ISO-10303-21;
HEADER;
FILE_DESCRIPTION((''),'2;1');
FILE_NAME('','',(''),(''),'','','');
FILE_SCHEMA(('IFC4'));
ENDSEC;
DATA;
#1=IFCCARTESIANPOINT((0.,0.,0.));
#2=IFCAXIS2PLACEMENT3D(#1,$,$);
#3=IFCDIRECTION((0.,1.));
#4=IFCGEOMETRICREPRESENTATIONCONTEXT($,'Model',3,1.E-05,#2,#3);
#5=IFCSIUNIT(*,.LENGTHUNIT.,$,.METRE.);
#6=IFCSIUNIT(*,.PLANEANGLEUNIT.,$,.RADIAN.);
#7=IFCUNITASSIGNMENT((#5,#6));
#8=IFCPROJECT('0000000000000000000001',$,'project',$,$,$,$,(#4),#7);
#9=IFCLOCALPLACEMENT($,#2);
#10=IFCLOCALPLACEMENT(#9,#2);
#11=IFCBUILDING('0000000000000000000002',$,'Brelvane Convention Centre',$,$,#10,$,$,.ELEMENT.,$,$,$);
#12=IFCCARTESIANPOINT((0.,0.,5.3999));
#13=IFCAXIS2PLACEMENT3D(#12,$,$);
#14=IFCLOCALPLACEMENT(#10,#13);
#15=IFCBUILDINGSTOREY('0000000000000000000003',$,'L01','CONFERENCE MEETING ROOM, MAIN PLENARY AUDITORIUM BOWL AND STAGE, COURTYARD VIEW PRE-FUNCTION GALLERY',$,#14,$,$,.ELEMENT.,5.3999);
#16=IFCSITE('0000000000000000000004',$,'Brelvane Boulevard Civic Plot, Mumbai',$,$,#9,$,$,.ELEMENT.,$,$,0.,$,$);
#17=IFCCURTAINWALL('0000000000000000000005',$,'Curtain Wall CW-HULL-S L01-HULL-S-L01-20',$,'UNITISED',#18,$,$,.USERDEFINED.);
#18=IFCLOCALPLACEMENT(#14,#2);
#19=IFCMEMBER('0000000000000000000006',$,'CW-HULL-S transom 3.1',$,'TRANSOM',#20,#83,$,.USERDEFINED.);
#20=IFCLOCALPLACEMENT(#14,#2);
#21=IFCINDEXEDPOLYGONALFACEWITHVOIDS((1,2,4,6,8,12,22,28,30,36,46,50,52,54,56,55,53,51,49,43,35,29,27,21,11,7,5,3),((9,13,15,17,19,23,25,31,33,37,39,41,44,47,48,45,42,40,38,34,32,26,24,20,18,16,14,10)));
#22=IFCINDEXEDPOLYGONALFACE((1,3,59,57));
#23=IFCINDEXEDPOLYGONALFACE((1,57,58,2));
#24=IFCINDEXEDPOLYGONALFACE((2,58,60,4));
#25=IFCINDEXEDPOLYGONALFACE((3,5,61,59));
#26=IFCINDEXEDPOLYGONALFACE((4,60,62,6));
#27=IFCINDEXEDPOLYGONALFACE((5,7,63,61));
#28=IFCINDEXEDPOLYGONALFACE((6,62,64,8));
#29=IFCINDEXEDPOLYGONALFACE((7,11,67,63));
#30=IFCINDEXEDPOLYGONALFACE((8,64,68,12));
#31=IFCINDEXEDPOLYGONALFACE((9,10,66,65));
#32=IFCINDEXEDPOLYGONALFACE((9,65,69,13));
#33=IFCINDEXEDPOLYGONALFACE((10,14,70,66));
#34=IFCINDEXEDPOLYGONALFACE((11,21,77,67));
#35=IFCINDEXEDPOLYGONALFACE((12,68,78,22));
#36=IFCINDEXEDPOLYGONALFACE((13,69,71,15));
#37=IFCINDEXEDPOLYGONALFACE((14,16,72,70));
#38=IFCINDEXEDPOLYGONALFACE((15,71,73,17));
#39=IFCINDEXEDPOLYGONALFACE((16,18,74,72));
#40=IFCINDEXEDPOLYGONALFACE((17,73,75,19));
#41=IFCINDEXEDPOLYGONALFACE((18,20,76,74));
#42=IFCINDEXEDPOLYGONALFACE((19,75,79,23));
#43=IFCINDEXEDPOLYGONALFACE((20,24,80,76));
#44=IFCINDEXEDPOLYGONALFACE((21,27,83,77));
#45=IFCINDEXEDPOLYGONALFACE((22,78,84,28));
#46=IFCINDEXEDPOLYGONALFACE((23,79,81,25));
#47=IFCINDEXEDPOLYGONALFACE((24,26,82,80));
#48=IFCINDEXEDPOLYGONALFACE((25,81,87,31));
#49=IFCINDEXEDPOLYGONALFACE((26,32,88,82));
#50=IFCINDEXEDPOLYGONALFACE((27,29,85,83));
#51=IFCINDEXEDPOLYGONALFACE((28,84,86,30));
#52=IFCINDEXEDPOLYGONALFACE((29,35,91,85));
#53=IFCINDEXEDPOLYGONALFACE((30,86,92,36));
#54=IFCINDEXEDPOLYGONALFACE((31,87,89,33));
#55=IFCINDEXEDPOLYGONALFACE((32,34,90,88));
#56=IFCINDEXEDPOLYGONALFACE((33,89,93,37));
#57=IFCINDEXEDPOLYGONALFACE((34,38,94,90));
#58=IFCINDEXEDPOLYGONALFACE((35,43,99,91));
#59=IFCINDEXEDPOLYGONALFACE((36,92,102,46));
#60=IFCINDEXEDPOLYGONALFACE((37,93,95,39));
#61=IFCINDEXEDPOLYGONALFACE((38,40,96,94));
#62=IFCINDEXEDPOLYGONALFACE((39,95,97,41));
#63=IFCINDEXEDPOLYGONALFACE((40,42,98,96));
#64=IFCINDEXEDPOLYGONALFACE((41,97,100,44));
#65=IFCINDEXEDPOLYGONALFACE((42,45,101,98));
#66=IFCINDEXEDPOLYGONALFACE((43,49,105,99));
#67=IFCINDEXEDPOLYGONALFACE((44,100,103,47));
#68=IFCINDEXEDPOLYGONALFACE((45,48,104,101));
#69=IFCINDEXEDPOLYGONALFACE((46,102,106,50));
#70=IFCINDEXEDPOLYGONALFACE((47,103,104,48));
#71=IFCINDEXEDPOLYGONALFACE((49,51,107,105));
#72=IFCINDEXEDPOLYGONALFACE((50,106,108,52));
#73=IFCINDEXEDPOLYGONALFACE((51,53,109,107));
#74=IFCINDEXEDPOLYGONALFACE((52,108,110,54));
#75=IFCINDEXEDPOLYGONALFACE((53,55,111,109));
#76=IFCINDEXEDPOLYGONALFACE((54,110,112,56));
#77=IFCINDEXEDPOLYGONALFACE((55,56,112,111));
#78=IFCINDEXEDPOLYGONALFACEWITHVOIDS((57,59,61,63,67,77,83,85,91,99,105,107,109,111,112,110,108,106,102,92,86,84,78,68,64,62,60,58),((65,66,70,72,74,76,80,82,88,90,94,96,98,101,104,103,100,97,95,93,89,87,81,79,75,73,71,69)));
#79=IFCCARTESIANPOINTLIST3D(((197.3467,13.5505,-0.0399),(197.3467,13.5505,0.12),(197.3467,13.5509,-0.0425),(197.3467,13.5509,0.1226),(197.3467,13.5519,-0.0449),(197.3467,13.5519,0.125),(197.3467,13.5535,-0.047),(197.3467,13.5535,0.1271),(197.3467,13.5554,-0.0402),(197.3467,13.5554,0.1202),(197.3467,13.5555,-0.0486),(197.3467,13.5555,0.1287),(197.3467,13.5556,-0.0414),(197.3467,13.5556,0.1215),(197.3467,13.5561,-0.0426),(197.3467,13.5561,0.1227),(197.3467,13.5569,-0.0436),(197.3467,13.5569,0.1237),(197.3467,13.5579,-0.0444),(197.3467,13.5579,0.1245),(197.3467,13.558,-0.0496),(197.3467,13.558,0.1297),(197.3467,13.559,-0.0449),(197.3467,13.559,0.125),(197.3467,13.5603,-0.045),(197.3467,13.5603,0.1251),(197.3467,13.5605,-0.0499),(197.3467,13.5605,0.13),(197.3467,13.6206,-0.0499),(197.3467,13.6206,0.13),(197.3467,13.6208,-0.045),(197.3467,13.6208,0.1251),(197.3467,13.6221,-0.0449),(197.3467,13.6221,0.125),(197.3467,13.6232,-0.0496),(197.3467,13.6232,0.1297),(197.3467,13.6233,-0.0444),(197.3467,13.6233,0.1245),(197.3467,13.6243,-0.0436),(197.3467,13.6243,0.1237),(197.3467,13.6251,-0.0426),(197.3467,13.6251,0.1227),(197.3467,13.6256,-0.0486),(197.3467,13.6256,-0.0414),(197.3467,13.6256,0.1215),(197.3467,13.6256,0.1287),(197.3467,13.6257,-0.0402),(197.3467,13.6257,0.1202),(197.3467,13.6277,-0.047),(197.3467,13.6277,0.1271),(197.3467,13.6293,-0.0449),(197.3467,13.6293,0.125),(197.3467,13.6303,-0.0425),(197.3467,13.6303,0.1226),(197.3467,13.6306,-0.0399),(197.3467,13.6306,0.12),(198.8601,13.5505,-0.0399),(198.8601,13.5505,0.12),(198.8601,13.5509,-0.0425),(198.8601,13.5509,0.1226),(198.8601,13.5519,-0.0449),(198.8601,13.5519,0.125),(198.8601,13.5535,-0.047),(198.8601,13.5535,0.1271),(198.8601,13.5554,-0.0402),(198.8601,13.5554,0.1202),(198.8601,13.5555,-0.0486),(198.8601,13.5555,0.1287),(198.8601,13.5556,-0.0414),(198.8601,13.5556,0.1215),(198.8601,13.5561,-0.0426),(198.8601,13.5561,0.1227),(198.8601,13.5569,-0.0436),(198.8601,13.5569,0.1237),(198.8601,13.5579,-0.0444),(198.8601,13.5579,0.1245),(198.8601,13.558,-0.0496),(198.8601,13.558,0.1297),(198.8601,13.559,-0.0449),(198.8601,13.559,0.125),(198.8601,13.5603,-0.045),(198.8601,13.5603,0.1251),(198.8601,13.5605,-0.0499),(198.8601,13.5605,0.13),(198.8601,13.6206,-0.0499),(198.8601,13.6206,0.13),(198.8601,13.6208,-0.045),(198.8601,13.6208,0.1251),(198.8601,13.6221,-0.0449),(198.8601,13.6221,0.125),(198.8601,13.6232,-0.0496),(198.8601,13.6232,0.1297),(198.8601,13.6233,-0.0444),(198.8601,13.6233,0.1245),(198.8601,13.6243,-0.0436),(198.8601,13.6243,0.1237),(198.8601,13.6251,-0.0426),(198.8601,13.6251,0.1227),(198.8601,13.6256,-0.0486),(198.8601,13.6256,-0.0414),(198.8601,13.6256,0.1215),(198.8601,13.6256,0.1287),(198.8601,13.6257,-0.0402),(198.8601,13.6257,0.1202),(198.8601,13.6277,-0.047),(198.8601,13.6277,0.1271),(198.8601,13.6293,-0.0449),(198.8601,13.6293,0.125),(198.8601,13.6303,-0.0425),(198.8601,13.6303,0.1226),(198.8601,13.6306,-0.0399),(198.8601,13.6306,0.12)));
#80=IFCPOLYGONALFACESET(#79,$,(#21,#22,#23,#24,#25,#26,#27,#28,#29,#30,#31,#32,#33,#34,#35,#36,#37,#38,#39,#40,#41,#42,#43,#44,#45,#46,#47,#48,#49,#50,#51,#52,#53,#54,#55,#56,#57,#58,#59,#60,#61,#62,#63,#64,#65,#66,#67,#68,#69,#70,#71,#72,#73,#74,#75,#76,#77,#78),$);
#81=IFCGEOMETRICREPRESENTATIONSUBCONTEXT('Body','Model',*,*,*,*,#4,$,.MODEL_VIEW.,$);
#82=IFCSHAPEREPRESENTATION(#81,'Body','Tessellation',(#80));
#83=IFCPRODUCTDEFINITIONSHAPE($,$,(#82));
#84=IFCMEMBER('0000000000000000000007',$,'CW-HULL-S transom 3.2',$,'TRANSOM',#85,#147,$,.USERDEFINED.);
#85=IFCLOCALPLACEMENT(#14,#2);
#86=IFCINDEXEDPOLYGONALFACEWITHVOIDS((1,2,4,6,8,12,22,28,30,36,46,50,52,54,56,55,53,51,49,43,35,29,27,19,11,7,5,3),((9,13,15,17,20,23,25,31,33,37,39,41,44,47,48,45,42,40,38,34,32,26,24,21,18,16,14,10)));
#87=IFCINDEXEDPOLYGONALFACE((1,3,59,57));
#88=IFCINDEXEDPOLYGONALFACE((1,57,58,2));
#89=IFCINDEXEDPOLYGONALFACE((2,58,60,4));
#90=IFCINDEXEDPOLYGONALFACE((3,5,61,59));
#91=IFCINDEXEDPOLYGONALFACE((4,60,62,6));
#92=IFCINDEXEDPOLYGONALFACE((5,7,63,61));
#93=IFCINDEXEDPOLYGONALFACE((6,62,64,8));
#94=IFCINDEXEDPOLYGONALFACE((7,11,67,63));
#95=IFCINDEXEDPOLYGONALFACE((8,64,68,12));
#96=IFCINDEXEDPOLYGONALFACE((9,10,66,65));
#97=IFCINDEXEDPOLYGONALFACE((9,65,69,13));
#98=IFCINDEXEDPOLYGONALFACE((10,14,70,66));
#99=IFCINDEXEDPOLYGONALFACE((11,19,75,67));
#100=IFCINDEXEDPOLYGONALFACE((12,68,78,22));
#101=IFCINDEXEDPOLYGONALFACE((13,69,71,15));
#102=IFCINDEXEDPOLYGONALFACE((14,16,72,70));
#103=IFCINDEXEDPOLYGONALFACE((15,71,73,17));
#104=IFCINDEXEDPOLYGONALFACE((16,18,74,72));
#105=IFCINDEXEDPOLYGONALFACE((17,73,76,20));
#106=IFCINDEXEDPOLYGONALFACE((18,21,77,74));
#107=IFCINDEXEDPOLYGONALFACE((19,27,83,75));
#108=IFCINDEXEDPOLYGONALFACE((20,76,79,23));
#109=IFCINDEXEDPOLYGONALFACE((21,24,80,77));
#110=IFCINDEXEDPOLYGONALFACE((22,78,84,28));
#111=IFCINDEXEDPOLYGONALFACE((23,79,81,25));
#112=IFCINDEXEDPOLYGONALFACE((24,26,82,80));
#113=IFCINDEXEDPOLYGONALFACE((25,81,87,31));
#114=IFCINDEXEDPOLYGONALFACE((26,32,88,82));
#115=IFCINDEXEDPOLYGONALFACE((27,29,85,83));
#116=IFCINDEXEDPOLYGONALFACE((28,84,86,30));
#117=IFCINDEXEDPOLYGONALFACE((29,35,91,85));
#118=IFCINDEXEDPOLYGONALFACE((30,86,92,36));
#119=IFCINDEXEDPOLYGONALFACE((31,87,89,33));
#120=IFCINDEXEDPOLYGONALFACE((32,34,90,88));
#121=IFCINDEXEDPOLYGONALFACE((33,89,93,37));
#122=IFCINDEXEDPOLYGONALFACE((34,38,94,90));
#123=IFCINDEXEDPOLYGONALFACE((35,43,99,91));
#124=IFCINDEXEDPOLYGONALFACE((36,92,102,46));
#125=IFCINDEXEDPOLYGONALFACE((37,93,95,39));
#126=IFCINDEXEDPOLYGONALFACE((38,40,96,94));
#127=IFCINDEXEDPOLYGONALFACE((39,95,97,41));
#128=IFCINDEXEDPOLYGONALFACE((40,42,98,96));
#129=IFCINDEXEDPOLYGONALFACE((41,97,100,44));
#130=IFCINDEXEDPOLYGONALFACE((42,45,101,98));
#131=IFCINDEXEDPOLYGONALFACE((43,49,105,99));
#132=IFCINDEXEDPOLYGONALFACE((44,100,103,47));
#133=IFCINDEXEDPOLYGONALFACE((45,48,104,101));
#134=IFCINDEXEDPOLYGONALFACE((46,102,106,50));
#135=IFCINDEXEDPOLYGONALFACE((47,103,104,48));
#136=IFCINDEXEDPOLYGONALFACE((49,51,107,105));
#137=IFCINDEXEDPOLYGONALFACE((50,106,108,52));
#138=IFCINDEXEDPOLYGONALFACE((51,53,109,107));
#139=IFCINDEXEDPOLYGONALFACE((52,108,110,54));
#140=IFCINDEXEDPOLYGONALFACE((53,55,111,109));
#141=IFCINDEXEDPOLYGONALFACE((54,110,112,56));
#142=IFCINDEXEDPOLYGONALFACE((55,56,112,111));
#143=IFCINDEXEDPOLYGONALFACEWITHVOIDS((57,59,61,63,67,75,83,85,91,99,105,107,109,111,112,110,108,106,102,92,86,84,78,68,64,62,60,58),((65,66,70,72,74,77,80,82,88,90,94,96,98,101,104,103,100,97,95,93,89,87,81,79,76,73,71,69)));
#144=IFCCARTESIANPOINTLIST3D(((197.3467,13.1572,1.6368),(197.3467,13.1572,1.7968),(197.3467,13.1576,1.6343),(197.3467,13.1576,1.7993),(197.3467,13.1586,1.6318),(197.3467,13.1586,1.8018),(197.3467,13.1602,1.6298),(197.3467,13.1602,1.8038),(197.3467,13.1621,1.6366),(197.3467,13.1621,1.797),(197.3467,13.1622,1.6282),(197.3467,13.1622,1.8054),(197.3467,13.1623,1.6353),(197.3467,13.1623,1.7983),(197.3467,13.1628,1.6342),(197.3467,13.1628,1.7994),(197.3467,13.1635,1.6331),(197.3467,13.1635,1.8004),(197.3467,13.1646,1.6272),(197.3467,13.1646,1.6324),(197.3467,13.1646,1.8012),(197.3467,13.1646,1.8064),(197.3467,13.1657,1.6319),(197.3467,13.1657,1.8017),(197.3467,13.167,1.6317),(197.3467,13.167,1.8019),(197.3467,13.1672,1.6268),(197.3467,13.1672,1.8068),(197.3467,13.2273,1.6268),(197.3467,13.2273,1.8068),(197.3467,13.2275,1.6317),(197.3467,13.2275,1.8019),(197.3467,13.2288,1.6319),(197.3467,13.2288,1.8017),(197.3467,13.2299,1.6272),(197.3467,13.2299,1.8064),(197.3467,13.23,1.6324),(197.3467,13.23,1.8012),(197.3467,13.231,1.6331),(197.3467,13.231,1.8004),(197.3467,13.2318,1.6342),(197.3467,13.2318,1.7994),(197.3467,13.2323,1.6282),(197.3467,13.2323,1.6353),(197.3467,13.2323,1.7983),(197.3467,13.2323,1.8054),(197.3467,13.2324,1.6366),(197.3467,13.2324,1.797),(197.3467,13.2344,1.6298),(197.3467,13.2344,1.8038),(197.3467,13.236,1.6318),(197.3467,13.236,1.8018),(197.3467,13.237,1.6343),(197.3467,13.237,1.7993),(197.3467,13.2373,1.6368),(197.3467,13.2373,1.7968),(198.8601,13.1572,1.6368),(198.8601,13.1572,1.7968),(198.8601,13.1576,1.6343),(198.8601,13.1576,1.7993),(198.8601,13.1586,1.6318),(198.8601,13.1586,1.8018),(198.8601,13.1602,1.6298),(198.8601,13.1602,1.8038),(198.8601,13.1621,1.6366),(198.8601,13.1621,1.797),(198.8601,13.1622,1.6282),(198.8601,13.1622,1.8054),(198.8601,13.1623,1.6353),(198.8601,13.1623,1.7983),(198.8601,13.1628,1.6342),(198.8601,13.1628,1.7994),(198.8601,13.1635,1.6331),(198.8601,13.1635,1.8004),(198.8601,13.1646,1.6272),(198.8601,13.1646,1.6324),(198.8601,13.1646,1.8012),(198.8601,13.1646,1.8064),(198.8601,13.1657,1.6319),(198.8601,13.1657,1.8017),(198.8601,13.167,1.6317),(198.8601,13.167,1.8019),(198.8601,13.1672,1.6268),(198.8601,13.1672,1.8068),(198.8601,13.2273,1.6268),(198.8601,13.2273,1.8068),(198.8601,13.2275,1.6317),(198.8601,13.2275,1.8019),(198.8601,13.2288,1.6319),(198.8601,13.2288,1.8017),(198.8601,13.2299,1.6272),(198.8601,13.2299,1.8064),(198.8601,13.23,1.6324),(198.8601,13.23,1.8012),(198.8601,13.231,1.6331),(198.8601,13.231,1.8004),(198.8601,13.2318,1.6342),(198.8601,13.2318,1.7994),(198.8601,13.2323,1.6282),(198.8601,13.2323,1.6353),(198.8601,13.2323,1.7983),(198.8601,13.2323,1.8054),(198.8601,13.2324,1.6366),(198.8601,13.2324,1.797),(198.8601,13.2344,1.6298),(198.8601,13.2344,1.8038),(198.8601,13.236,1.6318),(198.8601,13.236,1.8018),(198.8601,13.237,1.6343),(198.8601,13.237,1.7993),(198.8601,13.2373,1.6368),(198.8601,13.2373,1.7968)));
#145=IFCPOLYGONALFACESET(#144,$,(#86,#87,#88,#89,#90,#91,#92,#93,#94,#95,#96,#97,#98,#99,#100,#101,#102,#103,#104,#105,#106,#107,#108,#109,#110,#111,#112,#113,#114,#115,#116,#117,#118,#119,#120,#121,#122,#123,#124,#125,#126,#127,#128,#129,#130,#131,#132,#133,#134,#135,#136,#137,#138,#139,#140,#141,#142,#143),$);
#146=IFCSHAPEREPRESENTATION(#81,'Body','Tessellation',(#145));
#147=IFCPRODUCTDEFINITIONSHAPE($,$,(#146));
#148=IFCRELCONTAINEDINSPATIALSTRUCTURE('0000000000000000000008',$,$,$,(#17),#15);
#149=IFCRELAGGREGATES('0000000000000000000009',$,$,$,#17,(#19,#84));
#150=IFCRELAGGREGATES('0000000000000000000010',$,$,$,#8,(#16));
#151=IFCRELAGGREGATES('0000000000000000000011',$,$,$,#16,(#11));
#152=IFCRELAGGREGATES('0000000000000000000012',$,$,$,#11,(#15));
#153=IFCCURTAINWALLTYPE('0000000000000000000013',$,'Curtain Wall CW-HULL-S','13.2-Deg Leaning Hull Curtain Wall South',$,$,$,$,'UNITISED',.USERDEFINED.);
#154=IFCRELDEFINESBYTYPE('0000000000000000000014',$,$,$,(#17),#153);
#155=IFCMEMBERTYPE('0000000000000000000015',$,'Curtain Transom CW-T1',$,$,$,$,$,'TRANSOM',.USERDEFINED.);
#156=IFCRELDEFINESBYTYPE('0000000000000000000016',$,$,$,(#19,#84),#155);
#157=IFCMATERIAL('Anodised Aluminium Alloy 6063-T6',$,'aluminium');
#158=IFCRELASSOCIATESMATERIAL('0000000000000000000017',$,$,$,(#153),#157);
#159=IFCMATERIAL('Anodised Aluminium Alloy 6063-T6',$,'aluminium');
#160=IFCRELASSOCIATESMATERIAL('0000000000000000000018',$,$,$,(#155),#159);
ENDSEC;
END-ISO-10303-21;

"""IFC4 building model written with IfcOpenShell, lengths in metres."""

from ifc_helpers import new_model, si_unit, direction, frame, origin, origin_2d, place, context, subcontext, project, spatial, hollow_rectangle, extrude, material, material_profile, profile_set, type_object, element, aggregate, save


model = new_model("IFC4")

# Units and contexts
model_context = context("Model", 3, precision=1e-05, world=origin(), true_north=direction((0.0, 1.0)))
body_context = subcontext(model_context, "Body", "Model", "MODEL_VIEW")
ifc_project = project(units=[si_unit("LENGTHUNIT", "METRE"), si_unit("PLANEANGLEUNIT", "RADIAN")], contexts=[model_context])

# Site, building, storey
site_placement = place(None, origin())
site = spatial("IfcSite", under=ifc_project, at=site_placement, Name="Brelvane Boulevard Civic Plot, Mumbai", CompositionType="ELEMENT", RefElevation=0.0)
building_placement = place(site_placement, origin())
building = spatial("IfcBuilding", under=site, at=building_placement, Name="Brelvane Convention Centre", CompositionType="ELEMENT")
storey_placement = place(building_placement, frame((0.0, 0.0, 5.3999)))
storey = spatial("IfcBuildingStorey", under=building, at=storey_placement, Name="L01", Description="CONFERENCE MEETING ROOM, MAIN PLENARY AUDITORIUM BOWL AND STAGE, COURTYARD VIEW PRE-FUNCTION GALLERY", CompositionType="ELEMENT", Elevation=5.3999)

# Curtain wall, members
ifc_material_1 = material(Name="Anodised Aluminium Alloy 6063-T6", Category="aluminium")
curtain_wall_type = type_object("IfcCurtainWallType", Name="Curtain Wall CW-HULL-S", Description="13.2-Deg Leaning Hull Curtain Wall South", ElementType="UNITISED", PredefinedType="USERDEFINED", material=ifc_material_1)
curtain_wall_1_placement = place(storey_placement, origin())
curtain_wall_1 = element("IfcCurtainWall", 1, at=curtain_wall_1_placement, inside=storey, type_object=curtain_wall_type, Name="Curtain Wall CW-HULL-S L01-HULL-S-L01-20", ObjectType="UNITISED", PredefinedType="USERDEFINED")
ifc_material_2 = material(Name="Anodised Aluminium Alloy 6063-T6", Category="aluminium")
ifc_material_profile = material_profile(ifc_material_2, hollow_rectangle(XDim=0.0801, YDim=0.1799, WallThickness=0.0049, InnerFilletRadius=0.0049, OuterFilletRadius=0.01, at=origin_2d()), Name="ALU-T 180x80x5.0")
ifc_profile_set = profile_set([ifc_material_profile], Name="Anodised Aluminium Alloy 6063-T6")
member_type = type_object("IfcMemberType", Name="Curtain Transom CW-T1", ElementType="TRANSOM", PredefinedType="USERDEFINED", material=ifc_profile_set)
member_1_placement = place(storey_placement, frame((197.3467, 13.5906, 0.04), z_axis=(1.0, 0.0, 0.0), x_axis=(0.0, 1.0, 0.0)))
member_1 = element("IfcMember", 2, at=member_1_placement, type_object=member_type, Name="CW-HULL-S transom 3.1", ObjectType="TRANSOM", PredefinedType="USERDEFINED", context=body_context, shape_type="SweptSolid", body=[
    extrude(hollow_rectangle(XDim=0.0801, YDim=0.1799, WallThickness=0.0049, InnerFilletRadius=0.0049, OuterFilletRadius=0.01, at=origin_2d()), origin(), (0.0, 0.0, 1.0), 1.5134),
])
member_2_placement = place(storey_placement, frame((197.3467, 13.1973, 1.7168), z_axis=(1.0, 0.0, 0.0), x_axis=(0.0, 1.0, 0.0)))
member_2 = element("IfcMember", 3, at=member_2_placement, type_object=member_type, Name="CW-HULL-S transom 3.2", ObjectType="TRANSOM", PredefinedType="USERDEFINED", context=body_context, shape_type="SweptSolid", body=[
    extrude(hollow_rectangle(XDim=0.0801, YDim=0.1799, WallThickness=0.0049, InnerFilletRadius=0.0049, OuterFilletRadius=0.01, at=origin_2d()), origin(), (0.0, 0.0, 1.0), 1.5134),
])

aggregate(curtain_wall_1, [member_1, member_2])

save(model, "model.ifc")
